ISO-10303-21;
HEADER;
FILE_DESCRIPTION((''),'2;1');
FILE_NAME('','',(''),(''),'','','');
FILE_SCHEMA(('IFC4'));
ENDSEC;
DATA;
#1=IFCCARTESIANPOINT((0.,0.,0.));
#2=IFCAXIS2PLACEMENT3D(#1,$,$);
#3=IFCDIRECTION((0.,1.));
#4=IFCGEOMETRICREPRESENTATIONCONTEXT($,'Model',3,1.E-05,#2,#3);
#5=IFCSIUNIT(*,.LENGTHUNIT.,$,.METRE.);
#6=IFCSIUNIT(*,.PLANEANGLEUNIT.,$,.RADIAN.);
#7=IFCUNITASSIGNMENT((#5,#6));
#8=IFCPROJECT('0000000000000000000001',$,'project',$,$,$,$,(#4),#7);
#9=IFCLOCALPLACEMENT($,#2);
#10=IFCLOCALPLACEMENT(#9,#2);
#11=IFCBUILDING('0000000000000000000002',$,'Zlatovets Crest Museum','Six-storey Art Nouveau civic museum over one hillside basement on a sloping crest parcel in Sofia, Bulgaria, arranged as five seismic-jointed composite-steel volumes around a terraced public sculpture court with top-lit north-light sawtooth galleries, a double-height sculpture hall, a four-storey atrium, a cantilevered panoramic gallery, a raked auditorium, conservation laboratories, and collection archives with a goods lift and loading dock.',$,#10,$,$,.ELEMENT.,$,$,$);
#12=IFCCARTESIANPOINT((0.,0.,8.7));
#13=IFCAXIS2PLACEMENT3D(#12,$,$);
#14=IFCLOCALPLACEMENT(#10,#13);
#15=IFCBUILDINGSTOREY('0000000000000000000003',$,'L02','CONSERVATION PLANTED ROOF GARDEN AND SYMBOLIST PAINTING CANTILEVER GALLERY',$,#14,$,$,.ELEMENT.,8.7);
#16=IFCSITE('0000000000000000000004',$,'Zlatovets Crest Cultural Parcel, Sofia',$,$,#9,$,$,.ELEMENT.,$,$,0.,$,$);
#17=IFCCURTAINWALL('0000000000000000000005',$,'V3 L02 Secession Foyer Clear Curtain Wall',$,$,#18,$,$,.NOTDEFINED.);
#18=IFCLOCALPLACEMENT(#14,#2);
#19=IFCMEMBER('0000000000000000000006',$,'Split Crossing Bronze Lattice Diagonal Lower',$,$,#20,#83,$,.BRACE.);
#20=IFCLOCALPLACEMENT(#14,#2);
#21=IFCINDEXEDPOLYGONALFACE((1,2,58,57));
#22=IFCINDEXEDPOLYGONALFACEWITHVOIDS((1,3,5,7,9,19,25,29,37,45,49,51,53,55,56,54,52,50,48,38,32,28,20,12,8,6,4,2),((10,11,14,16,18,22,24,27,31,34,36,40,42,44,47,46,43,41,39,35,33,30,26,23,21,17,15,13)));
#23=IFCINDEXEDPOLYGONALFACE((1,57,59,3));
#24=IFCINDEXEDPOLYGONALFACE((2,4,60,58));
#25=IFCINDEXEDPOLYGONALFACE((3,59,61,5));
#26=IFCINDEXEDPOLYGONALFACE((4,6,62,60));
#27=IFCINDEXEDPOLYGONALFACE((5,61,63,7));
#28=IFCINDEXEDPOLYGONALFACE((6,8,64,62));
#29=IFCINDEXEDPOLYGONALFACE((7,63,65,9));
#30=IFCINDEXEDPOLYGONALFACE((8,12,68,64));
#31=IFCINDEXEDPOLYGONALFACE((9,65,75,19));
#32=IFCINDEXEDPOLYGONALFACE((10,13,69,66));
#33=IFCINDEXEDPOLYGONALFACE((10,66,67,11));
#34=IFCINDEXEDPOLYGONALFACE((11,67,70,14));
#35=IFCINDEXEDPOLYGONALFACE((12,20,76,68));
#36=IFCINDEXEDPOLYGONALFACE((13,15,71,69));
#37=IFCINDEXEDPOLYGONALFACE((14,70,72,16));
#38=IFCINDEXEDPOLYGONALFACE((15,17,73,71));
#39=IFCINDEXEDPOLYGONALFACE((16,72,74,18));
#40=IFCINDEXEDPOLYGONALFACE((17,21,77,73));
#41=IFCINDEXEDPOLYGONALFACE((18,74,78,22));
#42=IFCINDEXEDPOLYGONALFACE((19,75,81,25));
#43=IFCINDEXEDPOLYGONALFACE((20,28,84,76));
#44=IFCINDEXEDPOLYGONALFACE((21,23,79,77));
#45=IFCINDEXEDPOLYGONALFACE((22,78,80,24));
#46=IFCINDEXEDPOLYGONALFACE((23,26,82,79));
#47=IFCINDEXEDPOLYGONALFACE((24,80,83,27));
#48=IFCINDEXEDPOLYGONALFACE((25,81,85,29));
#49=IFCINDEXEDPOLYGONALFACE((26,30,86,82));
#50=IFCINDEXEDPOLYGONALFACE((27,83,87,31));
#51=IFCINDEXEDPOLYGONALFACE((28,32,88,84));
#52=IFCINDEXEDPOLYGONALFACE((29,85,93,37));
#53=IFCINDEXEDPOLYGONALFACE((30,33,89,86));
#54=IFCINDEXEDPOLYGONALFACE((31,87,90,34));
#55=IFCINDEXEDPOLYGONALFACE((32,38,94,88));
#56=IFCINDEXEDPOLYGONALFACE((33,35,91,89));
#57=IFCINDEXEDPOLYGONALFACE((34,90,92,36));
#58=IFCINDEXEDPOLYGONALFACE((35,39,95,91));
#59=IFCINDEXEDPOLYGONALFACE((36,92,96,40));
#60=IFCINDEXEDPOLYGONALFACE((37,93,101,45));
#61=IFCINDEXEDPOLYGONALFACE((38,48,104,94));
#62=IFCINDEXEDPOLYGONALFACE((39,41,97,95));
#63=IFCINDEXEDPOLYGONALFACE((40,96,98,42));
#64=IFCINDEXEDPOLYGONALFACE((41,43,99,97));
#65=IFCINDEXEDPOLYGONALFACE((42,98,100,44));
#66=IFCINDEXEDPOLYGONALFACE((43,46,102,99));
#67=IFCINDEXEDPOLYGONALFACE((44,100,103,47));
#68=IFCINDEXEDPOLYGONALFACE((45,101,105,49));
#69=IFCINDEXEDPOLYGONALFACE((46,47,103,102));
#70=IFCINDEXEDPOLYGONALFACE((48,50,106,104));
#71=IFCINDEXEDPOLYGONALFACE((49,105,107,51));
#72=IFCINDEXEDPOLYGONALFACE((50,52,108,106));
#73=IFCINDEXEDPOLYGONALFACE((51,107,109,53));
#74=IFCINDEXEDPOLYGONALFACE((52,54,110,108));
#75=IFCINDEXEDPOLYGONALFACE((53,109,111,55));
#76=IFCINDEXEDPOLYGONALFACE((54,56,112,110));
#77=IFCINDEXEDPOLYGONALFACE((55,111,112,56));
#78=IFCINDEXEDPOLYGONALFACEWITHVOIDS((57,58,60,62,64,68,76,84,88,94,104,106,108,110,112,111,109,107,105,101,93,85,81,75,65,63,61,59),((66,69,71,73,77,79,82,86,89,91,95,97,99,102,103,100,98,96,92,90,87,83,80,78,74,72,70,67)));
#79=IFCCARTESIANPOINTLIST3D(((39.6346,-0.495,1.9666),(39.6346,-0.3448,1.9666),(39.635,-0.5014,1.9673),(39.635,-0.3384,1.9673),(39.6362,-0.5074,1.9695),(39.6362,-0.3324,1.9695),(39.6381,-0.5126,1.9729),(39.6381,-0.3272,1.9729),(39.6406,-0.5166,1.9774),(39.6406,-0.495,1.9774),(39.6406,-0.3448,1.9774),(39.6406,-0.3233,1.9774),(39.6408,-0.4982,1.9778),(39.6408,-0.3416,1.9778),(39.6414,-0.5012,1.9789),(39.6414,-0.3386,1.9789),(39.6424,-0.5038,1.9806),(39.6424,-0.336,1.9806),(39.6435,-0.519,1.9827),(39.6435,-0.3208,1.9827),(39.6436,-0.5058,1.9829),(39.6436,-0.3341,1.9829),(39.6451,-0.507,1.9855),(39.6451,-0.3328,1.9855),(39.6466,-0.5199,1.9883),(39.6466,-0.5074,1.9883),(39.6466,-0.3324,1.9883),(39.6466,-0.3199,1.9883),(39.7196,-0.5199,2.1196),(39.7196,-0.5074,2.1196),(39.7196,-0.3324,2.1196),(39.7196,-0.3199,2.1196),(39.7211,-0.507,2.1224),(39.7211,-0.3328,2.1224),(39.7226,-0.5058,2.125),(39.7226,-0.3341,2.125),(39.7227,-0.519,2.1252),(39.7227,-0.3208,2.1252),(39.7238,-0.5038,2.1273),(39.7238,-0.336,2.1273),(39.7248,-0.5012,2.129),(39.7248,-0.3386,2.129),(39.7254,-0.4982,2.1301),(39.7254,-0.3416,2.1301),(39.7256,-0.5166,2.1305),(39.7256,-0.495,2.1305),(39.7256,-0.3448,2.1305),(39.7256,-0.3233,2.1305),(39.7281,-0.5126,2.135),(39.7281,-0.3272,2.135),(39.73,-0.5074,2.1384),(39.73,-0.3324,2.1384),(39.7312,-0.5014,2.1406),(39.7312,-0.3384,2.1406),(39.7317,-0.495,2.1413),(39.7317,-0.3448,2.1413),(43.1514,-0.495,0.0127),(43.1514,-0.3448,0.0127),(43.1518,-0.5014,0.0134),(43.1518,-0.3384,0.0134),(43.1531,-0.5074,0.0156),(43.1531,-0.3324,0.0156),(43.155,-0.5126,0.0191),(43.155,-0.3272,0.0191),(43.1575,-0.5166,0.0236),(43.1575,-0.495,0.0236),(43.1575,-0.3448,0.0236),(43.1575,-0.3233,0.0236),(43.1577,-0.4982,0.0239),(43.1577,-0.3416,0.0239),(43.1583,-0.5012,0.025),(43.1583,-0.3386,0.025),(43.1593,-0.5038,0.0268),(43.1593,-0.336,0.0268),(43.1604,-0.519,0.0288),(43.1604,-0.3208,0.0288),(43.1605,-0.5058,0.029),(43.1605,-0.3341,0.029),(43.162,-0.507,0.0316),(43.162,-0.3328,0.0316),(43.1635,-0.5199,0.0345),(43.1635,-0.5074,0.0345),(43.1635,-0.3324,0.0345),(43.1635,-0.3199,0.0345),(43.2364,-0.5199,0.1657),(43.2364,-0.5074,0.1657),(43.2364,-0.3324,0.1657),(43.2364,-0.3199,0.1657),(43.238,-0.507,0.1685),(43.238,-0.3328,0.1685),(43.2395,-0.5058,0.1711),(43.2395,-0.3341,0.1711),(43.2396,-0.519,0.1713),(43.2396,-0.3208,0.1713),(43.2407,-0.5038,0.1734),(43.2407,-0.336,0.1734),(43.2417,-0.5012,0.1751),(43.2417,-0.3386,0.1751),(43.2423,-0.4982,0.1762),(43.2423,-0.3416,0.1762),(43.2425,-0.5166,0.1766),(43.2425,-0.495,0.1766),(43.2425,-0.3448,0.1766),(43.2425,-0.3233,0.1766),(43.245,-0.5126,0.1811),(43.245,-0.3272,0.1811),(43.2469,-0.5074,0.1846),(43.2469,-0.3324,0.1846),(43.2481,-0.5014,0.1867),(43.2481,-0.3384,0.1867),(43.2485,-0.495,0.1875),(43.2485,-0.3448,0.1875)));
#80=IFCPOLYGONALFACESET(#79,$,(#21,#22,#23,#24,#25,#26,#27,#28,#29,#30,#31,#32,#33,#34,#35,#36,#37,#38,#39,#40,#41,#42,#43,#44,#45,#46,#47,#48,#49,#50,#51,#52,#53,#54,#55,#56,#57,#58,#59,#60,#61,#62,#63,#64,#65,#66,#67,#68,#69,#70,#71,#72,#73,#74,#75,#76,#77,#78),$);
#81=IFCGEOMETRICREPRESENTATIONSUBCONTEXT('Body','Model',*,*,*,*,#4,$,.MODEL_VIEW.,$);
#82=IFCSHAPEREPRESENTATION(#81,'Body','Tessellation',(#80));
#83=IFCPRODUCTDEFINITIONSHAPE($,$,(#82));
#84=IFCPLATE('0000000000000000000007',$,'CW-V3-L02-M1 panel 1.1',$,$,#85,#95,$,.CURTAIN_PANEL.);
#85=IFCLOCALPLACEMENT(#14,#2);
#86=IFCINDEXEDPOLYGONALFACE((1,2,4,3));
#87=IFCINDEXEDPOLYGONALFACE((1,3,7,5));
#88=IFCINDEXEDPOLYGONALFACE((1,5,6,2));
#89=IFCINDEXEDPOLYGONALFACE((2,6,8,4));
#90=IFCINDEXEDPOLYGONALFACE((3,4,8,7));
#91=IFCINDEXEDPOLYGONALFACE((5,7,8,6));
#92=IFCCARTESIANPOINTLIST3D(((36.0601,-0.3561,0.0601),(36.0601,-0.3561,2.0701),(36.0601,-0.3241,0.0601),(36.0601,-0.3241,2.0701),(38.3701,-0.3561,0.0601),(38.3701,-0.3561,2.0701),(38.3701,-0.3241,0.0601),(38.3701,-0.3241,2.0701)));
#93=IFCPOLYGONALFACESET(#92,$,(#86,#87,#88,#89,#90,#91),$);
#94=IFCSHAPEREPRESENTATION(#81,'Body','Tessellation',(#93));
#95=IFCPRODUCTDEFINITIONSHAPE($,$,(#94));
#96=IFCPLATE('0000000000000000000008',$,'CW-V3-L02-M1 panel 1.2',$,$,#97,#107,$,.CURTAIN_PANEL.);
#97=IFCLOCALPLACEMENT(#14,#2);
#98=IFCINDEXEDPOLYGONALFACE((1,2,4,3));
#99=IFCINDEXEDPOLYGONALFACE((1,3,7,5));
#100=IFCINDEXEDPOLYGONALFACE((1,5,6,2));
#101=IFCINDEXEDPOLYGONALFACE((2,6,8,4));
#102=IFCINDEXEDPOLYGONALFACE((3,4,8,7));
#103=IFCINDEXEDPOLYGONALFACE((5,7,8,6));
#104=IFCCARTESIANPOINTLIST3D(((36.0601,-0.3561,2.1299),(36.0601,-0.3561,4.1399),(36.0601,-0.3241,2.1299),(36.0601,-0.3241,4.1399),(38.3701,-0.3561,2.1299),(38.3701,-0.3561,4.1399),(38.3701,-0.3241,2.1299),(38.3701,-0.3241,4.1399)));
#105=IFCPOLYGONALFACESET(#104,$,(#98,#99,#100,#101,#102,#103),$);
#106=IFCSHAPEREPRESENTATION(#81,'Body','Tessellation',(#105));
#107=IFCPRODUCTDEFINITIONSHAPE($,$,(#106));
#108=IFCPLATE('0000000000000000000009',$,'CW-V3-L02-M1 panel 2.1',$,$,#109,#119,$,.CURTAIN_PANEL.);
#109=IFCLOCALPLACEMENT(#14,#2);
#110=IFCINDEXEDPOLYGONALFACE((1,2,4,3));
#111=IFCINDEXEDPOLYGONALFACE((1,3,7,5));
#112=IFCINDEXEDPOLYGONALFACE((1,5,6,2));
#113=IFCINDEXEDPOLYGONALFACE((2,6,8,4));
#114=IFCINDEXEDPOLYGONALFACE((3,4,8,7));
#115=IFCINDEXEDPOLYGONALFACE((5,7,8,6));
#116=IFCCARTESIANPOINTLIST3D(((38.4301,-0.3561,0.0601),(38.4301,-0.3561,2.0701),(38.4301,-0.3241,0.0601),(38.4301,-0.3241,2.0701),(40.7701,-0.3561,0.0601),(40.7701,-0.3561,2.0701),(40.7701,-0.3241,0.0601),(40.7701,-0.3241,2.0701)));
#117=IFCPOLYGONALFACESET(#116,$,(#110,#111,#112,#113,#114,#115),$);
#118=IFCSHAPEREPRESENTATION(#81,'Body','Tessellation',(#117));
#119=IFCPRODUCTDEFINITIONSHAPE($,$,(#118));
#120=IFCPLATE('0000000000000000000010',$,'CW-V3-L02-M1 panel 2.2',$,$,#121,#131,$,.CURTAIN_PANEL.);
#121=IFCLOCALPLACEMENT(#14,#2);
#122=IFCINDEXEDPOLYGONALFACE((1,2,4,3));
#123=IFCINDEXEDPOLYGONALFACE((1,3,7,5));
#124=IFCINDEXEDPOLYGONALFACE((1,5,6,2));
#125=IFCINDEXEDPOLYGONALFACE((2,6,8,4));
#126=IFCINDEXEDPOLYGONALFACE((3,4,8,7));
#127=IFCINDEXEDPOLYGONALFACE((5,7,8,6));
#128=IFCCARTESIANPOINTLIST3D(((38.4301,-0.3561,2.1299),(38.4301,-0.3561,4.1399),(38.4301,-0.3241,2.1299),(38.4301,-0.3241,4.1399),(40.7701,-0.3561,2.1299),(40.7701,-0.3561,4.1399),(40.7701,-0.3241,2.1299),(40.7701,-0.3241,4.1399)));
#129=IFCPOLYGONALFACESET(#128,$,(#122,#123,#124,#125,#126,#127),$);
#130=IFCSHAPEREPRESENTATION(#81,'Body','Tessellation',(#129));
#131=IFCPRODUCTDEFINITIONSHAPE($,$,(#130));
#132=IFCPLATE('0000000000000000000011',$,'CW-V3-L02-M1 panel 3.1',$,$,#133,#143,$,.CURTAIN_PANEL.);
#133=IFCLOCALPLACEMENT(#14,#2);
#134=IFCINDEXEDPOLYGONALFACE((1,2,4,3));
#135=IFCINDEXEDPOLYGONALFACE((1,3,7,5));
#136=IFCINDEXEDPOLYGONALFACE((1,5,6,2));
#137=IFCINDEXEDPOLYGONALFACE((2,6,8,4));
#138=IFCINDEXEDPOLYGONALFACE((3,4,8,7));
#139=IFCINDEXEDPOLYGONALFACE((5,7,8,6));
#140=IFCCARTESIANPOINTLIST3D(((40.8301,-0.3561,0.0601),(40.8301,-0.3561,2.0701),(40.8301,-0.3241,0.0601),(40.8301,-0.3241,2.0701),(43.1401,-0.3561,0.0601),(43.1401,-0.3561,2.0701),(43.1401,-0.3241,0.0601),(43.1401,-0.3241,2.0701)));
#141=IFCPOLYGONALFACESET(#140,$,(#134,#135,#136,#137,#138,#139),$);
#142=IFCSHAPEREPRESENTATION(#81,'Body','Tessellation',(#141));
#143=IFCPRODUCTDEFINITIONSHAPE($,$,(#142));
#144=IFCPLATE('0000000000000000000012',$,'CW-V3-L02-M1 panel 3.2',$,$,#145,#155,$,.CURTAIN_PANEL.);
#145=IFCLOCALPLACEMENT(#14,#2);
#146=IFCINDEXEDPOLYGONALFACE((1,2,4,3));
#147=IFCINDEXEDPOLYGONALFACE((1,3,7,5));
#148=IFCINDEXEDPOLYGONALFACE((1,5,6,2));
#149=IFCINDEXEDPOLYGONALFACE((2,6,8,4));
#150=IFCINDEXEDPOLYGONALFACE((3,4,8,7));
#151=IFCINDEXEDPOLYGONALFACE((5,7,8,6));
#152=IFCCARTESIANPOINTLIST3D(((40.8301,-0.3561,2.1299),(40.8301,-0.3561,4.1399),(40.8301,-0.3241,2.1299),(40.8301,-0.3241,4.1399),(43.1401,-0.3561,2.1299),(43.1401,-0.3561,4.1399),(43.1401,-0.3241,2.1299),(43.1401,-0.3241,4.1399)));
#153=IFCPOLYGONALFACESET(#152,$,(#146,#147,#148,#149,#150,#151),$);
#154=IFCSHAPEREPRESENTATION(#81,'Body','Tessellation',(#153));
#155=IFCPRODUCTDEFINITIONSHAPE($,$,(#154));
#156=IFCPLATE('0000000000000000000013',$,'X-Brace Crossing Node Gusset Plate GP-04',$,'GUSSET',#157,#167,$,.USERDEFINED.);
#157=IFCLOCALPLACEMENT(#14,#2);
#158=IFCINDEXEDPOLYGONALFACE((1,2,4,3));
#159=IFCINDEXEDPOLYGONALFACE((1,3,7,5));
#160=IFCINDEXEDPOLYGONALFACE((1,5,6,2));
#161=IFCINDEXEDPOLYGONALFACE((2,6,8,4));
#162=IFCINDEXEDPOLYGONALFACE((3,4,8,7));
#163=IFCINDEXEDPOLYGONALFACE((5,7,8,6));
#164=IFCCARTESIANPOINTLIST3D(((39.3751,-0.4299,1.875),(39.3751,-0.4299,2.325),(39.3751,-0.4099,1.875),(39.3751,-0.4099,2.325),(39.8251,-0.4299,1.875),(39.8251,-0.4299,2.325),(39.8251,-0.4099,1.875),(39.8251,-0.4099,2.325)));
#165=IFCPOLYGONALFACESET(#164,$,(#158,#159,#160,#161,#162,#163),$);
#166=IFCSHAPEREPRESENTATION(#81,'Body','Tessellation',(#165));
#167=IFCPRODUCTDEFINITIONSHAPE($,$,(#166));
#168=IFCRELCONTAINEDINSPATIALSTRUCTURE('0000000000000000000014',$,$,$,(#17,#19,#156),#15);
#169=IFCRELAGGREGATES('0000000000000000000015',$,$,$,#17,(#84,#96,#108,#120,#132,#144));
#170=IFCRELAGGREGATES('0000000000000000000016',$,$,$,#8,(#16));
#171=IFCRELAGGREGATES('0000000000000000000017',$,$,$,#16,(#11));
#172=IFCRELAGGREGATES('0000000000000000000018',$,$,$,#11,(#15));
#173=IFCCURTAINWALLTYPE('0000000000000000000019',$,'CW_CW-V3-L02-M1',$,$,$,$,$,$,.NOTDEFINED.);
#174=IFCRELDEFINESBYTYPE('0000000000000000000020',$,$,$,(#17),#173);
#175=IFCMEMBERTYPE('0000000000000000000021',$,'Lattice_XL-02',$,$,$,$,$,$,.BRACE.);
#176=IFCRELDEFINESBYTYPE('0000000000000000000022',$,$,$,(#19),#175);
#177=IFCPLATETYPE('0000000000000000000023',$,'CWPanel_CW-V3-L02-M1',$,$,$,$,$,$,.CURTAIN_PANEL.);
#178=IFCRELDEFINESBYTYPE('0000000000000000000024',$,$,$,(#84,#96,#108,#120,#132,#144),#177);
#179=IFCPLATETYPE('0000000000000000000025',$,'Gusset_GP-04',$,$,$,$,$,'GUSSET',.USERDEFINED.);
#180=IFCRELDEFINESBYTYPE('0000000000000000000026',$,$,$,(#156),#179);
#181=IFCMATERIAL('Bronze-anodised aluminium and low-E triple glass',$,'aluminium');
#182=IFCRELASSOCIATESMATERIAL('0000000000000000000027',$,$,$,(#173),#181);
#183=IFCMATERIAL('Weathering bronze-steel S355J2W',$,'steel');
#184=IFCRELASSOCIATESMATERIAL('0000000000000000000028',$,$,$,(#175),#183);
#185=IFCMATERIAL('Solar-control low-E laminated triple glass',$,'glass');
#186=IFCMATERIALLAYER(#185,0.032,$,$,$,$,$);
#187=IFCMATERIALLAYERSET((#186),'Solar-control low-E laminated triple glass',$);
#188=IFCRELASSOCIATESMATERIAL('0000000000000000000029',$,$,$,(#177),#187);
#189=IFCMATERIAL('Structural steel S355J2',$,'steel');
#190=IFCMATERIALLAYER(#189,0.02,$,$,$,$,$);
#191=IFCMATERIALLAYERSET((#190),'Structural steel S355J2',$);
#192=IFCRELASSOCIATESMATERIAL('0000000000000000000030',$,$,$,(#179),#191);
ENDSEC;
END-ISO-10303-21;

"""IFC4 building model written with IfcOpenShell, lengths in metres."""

from ifc_helpers import new_model, si_unit, direction, frame, origin, origin_2d, place, context, subcontext, project, spatial, rectangle, hollow_rectangle, extrude, material, layer, layer_set, material_profile, profile_set, type_object, element, aggregate, save


model = new_model("IFC4")

# Units and contexts
model_context = context("Model", 3, precision=1e-05, world=origin(), true_north=direction((0.0, 1.0)))
body_context = subcontext(model_context, "Body", "Model", "MODEL_VIEW")
ifc_project = project(units=[si_unit("LENGTHUNIT", "METRE"), si_unit("PLANEANGLEUNIT", "RADIAN")], contexts=[model_context])

# Site, building, storey
site_placement = place(None, origin())
site = spatial("IfcSite", under=ifc_project, at=site_placement, Name="Zlatovets Crest Cultural Parcel, Sofia", CompositionType="ELEMENT", RefElevation=0.0)
building_placement = place(site_placement, origin())
building = spatial("IfcBuilding", under=site, at=building_placement, Name="Zlatovets Crest Museum", Description="Six-storey Art Nouveau civic museum over one hillside basement on a sloping crest parcel in Sofia, Bulgaria, arranged as five seismic-jointed composite-steel volumes around a terraced public sculpture court with top-lit north-light sawtooth galleries, a double-height sculpture hall, a four-storey atrium, a cantilevered panoramic gallery, a raked auditorium, conservation laboratories, and collection archives with a goods lift and loading dock.", CompositionType="ELEMENT")
storey_placement = place(building_placement, frame((0.0, 0.0, 8.7)))
storey = spatial("IfcBuildingStorey", under=building, at=storey_placement, Name="L02", Description="CONSERVATION PLANTED ROOF GARDEN AND SYMBOLIST PAINTING CANTILEVER GALLERY", CompositionType="ELEMENT", Elevation=8.7)

# Shared definitions
ifc_material_1 = material(Name="Structural steel S355J2", Category="steel")

# Curtain wall
ifc_material_2 = material(Name="Bronze-anodised aluminium and low-E triple glass", Category="aluminium")
curtain_wall_type_1 = type_object("IfcCurtainWallType", Name="CW_CW-V3-L02-M1", PredefinedType="NOTDEFINED", material=ifc_material_2)
curtain_wall_1_placement = place(storey_placement, origin())
curtain_wall_1 = element("IfcCurtainWall", 1, at=curtain_wall_1_placement, inside=storey, type_object=curtain_wall_type_1, Name="V3 L02 Secession Foyer Clear Curtain Wall", PredefinedType="NOTDEFINED")

# Member
ifc_material_3 = material(Name="Weathering bronze-steel S355J2W", Category="steel")
ifc_material_profile_1 = material_profile(ifc_material_3, hollow_rectangle(XDim=0.2, YDim=0.2, WallThickness=0.0125, InnerFilletRadius=0.0125, OuterFilletRadius=0.0249, at=origin_2d()), Name="SHS 200x200x12.5")
ifc_profile_set_1 = profile_set([ifc_material_profile_1], Name="Weathering bronze-steel S355J2W")
member_type_1 = type_object("IfcMemberType", Name="Lattice_XL-02", PredefinedType="BRACE", material=ifc_profile_set_1)
member_1_placement = place(storey_placement, frame((39.6831, -0.4199, 2.054), z_axis=(0.874152, 0.0, -0.485653), x_axis=(0.0, 1.0, 0.0)))
element("IfcMember", 2, at=member_1_placement, inside=storey, type_object=member_type_1, Name="Split Crossing Bronze Lattice Diagonal Lower", PredefinedType="BRACE", context=body_context, shape_type="SweptSolid", body=[
    extrude(hollow_rectangle(XDim=0.2, YDim=0.2, WallThickness=0.0125, InnerFilletRadius=0.0125, OuterFilletRadius=0.0249, at=origin_2d()), origin(), (0.0, 0.0, 1.0), 4.0232),
])

# Plates
ifc_material_4 = material(Name="Solar-control low-E laminated triple glass", Category="glass")
ifc_layer_1 = layer(ifc_material_4, 0.032)
ifc_layer_set_1 = layer_set([ifc_layer_1], Name="Solar-control low-E laminated triple glass")
plate_type_1 = type_object("IfcPlateType", Name="CWPanel_CW-V3-L02-M1", PredefinedType="CURTAIN_PANEL", material=ifc_layer_set_1)
plate_1_placement = place(storey_placement, frame((37.2151, -0.3401, 0.0601), z_axis=(0.0, 0.0, 1.0), x_axis=(1.0, 0.0, 0.0)))
plate_1 = element("IfcPlate", 3, at=plate_1_placement, type_object=plate_type_1, Name="CW-V3-L02-M1 panel 1.1", PredefinedType="CURTAIN_PANEL", context=body_context, shape_type="SweptSolid", body=[
    extrude(rectangle(XDim=2.3101, YDim=0.032, at=origin_2d()), origin(), (0.0, 0.0, 1.0), 2.01),
])
plate_2_placement = place(storey_placement, frame((37.2151, -0.3401, 2.1299), z_axis=(0.0, 0.0, 1.0), x_axis=(1.0, 0.0, 0.0)))
plate_2 = element("IfcPlate", 4, at=plate_2_placement, type_object=plate_type_1, Name="CW-V3-L02-M1 panel 1.2", PredefinedType="CURTAIN_PANEL", context=body_context, shape_type="SweptSolid", body=[
    extrude(rectangle(XDim=2.3101, YDim=0.032, at=origin_2d()), origin(), (0.0, 0.0, 1.0), 2.01),
])
plate_3_placement = place(storey_placement, frame((39.6001, -0.3401, 0.0601), z_axis=(0.0, 0.0, 1.0), x_axis=(1.0, 0.0, 0.0)))
plate_3 = element("IfcPlate", 5, at=plate_3_placement, type_object=plate_type_1, Name="CW-V3-L02-M1 panel 2.1", PredefinedType="CURTAIN_PANEL", context=body_context, shape_type="SweptSolid", body=[
    extrude(rectangle(XDim=2.3401, YDim=0.032, at=origin_2d()), origin(), (0.0, 0.0, 1.0), 2.01),
])
plate_4_placement = place(storey_placement, frame((39.6001, -0.3401, 2.1299), z_axis=(0.0, 0.0, 1.0), x_axis=(1.0, 0.0, 0.0)))
plate_4 = element("IfcPlate", 6, at=plate_4_placement, type_object=plate_type_1, Name="CW-V3-L02-M1 panel 2.2", PredefinedType="CURTAIN_PANEL", context=body_context, shape_type="SweptSolid", body=[
    extrude(rectangle(XDim=2.3401, YDim=0.032, at=origin_2d()), origin(), (0.0, 0.0, 1.0), 2.01),
])
plate_5_placement = place(storey_placement, frame((41.9851, -0.3401, 0.0601), z_axis=(0.0, 0.0, 1.0), x_axis=(1.0, 0.0, 0.0)))
plate_5 = element("IfcPlate", 7, at=plate_5_placement, type_object=plate_type_1, Name="CW-V3-L02-M1 panel 3.1", PredefinedType="CURTAIN_PANEL", context=body_context, shape_type="SweptSolid", body=[
    extrude(rectangle(XDim=2.3101, YDim=0.032, at=origin_2d()), origin(), (0.0, 0.0, 1.0), 2.01),
])
plate_6_placement = place(storey_placement, frame((41.9851, -0.3401, 2.1299), z_axis=(0.0, 0.0, 1.0), x_axis=(1.0, 0.0, 0.0)))
plate_6 = element("IfcPlate", 8, at=plate_6_placement, type_object=plate_type_1, Name="CW-V3-L02-M1 panel 3.2", PredefinedType="CURTAIN_PANEL", context=body_context, shape_type="SweptSolid", body=[
    extrude(rectangle(XDim=2.3101, YDim=0.032, at=origin_2d()), origin(), (0.0, 0.0, 1.0), 2.01),
])
aggregate(curtain_wall_1, [plate_1, plate_2, plate_3, plate_4, plate_5, plate_6])
ifc_layer_2 = layer(ifc_material_1, 0.02)
ifc_layer_set_2 = layer_set([ifc_layer_2], Name="Structural steel S355J2")
plate_type_2 = type_object("IfcPlateType", Name="Gusset_GP-04", ElementType="GUSSET", PredefinedType="USERDEFINED", material=ifc_layer_set_2)
plate_7_placement = place(storey_placement, frame((39.6001, -0.4199, 1.875), z_axis=(0.0, 0.0, 1.0), x_axis=(1.0, 0.0, 0.0)))
element("IfcPlate", 9, at=plate_7_placement, inside=storey, type_object=plate_type_2, Name="X-Brace Crossing Node Gusset Plate GP-04", ObjectType="GUSSET", PredefinedType="USERDEFINED", context=body_context, shape_type="SweptSolid", body=[
    extrude(rectangle(XDim=0.45, YDim=0.02, at=origin_2d()), origin(), (0.0, 0.0, 1.0), 0.45),
])

save(model, "model.ifc")
